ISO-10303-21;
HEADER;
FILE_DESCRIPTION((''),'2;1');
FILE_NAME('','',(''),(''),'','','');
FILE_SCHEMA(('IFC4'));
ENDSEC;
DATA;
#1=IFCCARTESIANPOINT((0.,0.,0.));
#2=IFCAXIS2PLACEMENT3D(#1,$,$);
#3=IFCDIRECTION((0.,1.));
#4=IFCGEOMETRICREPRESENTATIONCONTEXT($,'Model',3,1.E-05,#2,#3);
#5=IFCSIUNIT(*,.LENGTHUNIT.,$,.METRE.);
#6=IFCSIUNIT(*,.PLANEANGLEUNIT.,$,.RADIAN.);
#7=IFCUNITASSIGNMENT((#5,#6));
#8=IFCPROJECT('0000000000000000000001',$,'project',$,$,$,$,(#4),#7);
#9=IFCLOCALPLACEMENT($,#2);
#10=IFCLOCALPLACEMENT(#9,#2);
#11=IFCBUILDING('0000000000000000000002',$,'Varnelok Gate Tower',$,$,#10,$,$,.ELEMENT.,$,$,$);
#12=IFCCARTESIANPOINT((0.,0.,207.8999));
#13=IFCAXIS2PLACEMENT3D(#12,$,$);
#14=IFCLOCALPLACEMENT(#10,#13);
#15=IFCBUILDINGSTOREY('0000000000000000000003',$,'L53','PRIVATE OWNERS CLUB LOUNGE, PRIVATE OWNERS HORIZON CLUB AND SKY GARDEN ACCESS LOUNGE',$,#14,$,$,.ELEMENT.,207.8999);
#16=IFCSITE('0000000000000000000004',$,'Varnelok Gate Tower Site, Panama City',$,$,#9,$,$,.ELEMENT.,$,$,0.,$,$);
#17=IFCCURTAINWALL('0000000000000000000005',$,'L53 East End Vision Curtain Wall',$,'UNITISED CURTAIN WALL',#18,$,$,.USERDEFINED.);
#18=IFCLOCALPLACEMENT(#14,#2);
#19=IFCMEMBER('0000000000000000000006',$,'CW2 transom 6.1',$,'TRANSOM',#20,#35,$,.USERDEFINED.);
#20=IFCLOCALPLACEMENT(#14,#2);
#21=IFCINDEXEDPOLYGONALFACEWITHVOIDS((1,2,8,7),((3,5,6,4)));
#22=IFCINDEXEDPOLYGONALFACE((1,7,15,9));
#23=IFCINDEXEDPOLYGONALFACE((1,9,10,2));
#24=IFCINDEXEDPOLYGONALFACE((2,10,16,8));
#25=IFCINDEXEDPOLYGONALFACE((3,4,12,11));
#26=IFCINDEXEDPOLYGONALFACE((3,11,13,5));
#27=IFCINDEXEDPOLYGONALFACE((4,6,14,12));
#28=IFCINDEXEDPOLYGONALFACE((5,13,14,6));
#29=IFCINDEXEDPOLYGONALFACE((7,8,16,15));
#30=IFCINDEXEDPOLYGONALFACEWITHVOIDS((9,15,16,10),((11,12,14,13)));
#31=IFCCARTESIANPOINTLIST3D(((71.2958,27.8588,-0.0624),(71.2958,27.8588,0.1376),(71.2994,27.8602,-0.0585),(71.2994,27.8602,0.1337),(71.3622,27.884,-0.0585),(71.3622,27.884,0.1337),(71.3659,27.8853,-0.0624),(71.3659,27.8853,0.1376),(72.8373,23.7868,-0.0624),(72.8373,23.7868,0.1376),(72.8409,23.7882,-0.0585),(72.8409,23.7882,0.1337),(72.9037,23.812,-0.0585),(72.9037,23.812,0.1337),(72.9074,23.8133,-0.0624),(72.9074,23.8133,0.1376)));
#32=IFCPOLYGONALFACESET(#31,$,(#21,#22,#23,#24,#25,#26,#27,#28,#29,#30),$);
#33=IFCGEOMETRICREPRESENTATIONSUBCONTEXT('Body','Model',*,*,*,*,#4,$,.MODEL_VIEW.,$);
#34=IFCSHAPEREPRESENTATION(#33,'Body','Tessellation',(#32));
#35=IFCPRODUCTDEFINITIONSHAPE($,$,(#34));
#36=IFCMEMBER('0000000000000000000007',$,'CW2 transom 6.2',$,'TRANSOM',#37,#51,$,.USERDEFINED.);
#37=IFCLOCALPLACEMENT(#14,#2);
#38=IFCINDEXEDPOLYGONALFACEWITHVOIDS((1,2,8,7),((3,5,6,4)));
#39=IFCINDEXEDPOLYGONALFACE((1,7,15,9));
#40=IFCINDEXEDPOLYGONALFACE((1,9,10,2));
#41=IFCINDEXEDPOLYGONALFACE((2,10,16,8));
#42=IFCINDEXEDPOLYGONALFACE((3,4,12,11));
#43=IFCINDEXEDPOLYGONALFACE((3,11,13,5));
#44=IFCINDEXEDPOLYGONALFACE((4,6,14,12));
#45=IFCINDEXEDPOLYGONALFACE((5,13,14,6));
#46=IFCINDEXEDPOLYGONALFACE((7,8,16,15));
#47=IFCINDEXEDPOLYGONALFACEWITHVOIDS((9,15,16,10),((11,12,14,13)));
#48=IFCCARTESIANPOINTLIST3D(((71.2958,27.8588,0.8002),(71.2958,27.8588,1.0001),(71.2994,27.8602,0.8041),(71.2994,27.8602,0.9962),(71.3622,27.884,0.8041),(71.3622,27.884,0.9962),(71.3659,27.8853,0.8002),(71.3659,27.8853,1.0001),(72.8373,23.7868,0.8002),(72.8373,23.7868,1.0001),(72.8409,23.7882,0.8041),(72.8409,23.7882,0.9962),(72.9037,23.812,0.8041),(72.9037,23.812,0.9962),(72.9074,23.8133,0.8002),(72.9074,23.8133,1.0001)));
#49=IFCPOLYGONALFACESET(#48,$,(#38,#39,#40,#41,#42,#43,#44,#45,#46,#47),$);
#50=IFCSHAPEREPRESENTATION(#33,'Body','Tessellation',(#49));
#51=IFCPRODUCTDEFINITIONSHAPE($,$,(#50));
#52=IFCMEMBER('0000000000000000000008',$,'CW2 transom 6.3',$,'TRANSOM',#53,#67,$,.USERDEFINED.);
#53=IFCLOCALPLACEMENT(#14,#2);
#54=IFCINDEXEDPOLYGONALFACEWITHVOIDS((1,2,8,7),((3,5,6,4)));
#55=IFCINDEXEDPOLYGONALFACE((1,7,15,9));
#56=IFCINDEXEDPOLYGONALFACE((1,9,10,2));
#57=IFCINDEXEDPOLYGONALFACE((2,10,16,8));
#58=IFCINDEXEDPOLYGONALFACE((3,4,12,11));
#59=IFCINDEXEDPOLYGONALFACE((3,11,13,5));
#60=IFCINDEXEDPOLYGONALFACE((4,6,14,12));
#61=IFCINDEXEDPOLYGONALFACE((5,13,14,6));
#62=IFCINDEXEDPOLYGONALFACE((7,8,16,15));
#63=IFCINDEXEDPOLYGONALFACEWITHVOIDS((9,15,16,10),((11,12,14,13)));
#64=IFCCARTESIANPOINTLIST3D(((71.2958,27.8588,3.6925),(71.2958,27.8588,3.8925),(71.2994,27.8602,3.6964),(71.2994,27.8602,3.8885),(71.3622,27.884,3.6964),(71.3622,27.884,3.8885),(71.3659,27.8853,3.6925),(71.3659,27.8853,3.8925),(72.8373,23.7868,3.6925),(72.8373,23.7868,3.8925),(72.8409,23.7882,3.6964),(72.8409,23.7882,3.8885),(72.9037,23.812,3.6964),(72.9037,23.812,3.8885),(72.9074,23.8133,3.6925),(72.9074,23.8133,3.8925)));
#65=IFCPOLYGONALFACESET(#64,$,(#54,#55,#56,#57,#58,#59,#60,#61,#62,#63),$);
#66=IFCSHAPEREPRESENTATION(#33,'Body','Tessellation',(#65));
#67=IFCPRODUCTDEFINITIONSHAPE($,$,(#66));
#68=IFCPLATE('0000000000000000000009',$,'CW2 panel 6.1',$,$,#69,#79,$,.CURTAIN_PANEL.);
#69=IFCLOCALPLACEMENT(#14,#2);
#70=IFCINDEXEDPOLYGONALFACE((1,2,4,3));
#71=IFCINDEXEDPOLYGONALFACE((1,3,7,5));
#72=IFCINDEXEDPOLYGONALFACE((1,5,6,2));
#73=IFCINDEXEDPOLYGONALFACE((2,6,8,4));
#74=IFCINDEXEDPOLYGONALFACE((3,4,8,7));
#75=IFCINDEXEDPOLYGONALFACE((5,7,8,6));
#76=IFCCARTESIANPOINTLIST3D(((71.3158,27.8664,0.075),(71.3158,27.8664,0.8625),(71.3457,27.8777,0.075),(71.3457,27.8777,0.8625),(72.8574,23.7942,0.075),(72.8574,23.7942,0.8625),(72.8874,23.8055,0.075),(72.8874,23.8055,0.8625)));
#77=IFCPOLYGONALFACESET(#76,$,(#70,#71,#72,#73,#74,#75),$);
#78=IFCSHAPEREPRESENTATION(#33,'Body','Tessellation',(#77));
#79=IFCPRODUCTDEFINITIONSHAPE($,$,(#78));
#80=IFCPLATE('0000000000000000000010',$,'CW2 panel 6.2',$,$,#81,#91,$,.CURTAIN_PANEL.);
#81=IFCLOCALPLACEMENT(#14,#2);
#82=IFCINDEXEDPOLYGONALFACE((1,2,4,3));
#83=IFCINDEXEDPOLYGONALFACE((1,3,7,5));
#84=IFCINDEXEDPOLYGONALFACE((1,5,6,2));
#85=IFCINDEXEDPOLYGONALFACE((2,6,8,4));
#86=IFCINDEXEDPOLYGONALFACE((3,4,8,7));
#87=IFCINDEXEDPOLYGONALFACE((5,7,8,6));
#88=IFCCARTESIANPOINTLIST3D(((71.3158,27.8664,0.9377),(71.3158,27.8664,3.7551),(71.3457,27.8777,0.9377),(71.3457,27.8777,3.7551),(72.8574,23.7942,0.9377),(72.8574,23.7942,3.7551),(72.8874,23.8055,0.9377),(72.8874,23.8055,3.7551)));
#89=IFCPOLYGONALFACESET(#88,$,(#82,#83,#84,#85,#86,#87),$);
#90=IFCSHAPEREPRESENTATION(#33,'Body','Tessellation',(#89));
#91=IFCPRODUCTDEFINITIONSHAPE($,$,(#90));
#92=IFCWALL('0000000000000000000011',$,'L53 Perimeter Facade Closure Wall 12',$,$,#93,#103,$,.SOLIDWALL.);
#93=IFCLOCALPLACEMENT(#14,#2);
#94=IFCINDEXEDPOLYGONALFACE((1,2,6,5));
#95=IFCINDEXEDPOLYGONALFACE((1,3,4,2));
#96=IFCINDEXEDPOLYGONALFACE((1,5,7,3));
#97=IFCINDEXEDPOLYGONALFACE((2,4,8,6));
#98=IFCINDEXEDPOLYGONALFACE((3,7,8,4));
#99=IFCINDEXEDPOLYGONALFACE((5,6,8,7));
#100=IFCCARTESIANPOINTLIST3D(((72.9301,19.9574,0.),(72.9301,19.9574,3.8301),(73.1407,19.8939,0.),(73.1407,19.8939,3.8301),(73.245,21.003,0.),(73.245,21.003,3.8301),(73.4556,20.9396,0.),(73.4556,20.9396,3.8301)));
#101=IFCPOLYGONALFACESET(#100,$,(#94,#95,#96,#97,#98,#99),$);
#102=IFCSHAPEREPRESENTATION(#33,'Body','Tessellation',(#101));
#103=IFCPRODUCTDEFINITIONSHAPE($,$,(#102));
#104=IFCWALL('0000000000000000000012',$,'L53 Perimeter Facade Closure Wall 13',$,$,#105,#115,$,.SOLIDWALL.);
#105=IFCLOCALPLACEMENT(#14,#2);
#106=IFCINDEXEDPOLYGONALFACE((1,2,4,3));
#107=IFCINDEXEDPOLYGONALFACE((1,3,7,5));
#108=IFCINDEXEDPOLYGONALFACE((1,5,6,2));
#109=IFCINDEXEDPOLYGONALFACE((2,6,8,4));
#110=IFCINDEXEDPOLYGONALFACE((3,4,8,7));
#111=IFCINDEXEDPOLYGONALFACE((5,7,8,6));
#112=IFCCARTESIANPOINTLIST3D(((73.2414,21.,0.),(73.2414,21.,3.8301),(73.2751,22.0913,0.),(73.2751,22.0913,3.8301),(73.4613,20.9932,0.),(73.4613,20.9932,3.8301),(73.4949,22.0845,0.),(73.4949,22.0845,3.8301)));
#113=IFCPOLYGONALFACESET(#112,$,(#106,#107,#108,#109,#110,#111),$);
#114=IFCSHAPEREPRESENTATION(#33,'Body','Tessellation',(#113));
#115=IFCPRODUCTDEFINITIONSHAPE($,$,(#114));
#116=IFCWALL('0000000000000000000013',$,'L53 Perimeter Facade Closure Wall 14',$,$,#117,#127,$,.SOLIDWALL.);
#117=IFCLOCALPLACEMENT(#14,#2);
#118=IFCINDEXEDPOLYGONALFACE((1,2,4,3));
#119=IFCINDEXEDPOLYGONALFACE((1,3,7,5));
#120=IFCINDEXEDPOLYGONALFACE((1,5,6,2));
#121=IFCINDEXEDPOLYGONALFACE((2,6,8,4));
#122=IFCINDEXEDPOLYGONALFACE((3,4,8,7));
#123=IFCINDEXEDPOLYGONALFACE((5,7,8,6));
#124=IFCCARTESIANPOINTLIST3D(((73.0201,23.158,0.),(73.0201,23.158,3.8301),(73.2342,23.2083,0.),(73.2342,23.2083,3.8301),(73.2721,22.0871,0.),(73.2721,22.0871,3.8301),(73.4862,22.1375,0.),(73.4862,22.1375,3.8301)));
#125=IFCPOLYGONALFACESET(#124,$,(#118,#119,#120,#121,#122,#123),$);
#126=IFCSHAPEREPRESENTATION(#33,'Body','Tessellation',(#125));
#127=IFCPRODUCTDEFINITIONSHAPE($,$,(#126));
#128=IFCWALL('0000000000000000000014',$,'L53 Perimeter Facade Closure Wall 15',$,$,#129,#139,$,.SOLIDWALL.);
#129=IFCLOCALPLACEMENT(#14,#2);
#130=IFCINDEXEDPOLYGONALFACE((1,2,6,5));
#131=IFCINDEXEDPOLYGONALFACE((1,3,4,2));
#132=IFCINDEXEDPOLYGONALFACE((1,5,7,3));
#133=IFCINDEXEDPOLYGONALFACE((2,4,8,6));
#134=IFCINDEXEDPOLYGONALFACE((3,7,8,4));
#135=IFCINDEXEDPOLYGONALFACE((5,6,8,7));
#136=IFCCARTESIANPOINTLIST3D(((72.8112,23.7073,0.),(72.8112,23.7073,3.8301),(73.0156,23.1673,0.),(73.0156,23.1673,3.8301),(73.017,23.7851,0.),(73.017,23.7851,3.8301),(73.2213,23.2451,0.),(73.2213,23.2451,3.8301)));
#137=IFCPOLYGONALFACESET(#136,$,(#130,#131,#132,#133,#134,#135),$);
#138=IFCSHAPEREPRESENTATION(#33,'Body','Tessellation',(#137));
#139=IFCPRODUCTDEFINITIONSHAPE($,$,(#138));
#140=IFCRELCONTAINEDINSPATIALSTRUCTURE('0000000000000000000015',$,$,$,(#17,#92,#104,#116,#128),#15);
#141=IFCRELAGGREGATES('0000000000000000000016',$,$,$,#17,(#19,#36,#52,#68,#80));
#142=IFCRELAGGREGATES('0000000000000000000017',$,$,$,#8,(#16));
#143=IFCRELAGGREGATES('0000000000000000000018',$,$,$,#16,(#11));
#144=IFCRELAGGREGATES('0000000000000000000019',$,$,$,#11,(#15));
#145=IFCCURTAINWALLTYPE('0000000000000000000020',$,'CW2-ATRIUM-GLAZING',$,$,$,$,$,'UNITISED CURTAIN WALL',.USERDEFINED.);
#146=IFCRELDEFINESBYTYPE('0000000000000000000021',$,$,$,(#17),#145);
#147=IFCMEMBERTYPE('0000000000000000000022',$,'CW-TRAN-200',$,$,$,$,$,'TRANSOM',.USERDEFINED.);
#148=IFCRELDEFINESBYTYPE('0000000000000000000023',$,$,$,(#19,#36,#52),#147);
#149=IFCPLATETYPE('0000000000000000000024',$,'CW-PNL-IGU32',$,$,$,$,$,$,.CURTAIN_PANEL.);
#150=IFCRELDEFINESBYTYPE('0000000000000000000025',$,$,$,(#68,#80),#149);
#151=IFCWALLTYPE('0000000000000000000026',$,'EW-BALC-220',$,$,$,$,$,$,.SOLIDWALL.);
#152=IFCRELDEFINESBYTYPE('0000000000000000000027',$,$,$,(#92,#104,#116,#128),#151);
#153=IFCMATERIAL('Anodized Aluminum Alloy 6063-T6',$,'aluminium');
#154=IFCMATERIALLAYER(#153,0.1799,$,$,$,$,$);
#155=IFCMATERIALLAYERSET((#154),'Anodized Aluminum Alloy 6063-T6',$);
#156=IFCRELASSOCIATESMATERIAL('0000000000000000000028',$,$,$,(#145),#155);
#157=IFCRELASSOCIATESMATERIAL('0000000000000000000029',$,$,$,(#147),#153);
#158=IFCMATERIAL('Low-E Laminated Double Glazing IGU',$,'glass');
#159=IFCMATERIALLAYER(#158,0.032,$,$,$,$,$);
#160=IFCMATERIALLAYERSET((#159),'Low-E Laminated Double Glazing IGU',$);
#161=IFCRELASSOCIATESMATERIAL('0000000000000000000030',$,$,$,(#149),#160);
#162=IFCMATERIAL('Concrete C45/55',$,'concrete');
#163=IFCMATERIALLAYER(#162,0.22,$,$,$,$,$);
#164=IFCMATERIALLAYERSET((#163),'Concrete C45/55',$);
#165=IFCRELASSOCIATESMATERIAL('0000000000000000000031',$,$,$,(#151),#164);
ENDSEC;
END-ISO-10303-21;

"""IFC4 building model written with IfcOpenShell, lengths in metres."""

from ifc_helpers import new_model, si_unit, direction, frame, frame_2d, origin, origin_2d, place, context, subcontext, project, spatial, rectangle, hollow_rectangle, extrude, source, transform, mapped, material, layer, layer_set, material_profile, profile_set, type_object, element, aggregate, save


model = new_model("IFC4")

# Units and contexts
model_context = context("Model", 3, precision=1e-05, world=origin(), true_north=direction((0.0, 1.0)))
body_context = subcontext(model_context, "Body", "Model", "MODEL_VIEW")
ifc_project = project(units=[si_unit("LENGTHUNIT", "METRE"), si_unit("PLANEANGLEUNIT", "RADIAN")], contexts=[model_context])

# Site, building, storey
site_placement = place(None, origin())
site = spatial("IfcSite", under=ifc_project, at=site_placement, Name="Varnelok Gate Tower Site, Panama City", CompositionType="ELEMENT", RefElevation=0.0)
building_placement = place(site_placement, origin())
building = spatial("IfcBuilding", under=site, at=building_placement, Name="Varnelok Gate Tower", CompositionType="ELEMENT")
storey_placement = place(building_placement, frame((0.0, 0.0, 207.8999)))
storey = spatial("IfcBuildingStorey", under=building, at=storey_placement, Name="L53", Description="PRIVATE OWNERS CLUB LOUNGE, PRIVATE OWNERS HORIZON CLUB AND SKY GARDEN ACCESS LOUNGE", CompositionType="ELEMENT", Elevation=207.8999)

# Curtain wall, members, plates
ifc_material_1 = material(Name="Anodized Aluminum Alloy 6063-T6", Category="aluminium")
ifc_layer_1 = layer(ifc_material_1, 0.1799)
ifc_layer_set_1 = layer_set([ifc_layer_1], Name="Anodized Aluminum Alloy 6063-T6")
curtain_wall_type = type_object("IfcCurtainWallType", Name="CW2-ATRIUM-GLAZING", ElementType="UNITISED CURTAIN WALL", PredefinedType="USERDEFINED", material=ifc_layer_set_1)
curtain_wall_placement = place(storey_placement, origin())
curtain_wall = element("IfcCurtainWall", 1, at=curtain_wall_placement, inside=storey, type_object=curtain_wall_type, Name="L53 East End Vision Curtain Wall", ObjectType="UNITISED CURTAIN WALL", PredefinedType="USERDEFINED")
ifc_material_profile_1 = material_profile(ifc_material_1, hollow_rectangle(XDim=0.075, YDim=0.2, WallThickness=0.0039, at=origin_2d()), Name="ALU200X75X4")
ifc_profile_set_1 = profile_set([ifc_material_profile_1], Name="Anodized Aluminum Alloy 6063-T6")
member_type_1 = type_object("IfcMemberType", Name="CW-TRAN-200", ElementType="TRANSOM", PredefinedType="USERDEFINED", material=ifc_profile_set_1)
member_1_placement = place(storey_placement, frame((71.3308, 27.8721, 0.0376), z_axis=(0.354041, -0.93523, 0.0), x_axis=(0.93523, 0.354041, 0.0)))
member_1 = element("IfcMember", 2, at=member_1_placement, type_object=member_type_1, Name="CW2 transom 6.1", ObjectType="TRANSOM", PredefinedType="USERDEFINED", context=body_context, shape_type="SweptSolid", body=[
    extrude(hollow_rectangle(XDim=0.075, YDim=0.2, WallThickness=0.0039, at=origin_2d()), origin(), (0.0, 0.0, 1.0), 4.354),
])
member_2_placement = place(storey_placement, frame((71.3308, 27.8721, 0.9001), z_axis=(0.354041, -0.93523, 0.0), x_axis=(0.93523, 0.354041, 0.0)))
member_2 = element("IfcMember", 3, at=member_2_placement, type_object=member_type_1, Name="CW2 transom 6.2", ObjectType="TRANSOM", PredefinedType="USERDEFINED", context=body_context, shape_type="SweptSolid", body=[
    extrude(hollow_rectangle(XDim=0.075, YDim=0.2, WallThickness=0.0039, at=origin_2d()), origin(), (0.0, 0.0, 1.0), 4.354),
])
member_3_placement = place(storey_placement, frame((71.3308, 27.8721, 3.7925), z_axis=(0.354041, -0.93523, 0.0), x_axis=(0.93523, 0.354041, 0.0)))
member_3 = element("IfcMember", 4, at=member_3_placement, type_object=member_type_1, Name="CW2 transom 6.3", ObjectType="TRANSOM", PredefinedType="USERDEFINED", context=body_context, shape_type="SweptSolid", body=[
    extrude(hollow_rectangle(XDim=0.075, YDim=0.2, WallThickness=0.0039, at=origin_2d()), origin(), (0.0, 0.0, 1.0), 4.354),
])
ifc_material_2 = material(Name="Low-E Laminated Double Glazing IGU", Category="glass")
ifc_layer_2 = layer(ifc_material_2, 0.032)
ifc_layer_set_2 = layer_set([ifc_layer_2], Name="Low-E Laminated Double Glazing IGU")
plate_type = type_object("IfcPlateType", Name="CW-PNL-IGU32", PredefinedType="CURTAIN_PANEL", material=ifc_layer_set_2)
shared_shape_1 = source(origin(), body_context, "Body", "SweptSolid", [
    extrude(rectangle(XDim=4.3542, YDim=0.032, at=origin_2d()), origin(), (0.0, 0.0, 1.0), 0.7876),
])
plate_1_placement = place(storey_placement, frame((72.1016, 25.8359, 0.075), z_axis=(0.0, 0.0, 1.0), x_axis=(0.354064, -0.935221, 0.0)))
plate_1 = element("IfcPlate", 5, at=plate_1_placement, type_object=plate_type, Name="CW2 panel 6.1", PredefinedType="CURTAIN_PANEL", context=body_context, shape_type="MappedRepresentation", body=[
    mapped(shared_shape_1, transform((0.0, 0.0, 0.0), scale=1.0)),
])
shared_shape_2 = source(origin(), body_context, "Body", "SweptSolid", [
    extrude(rectangle(XDim=4.3542, YDim=0.032, at=origin_2d()), origin(), (0.0, 0.0, 1.0), 2.8174),
])
plate_2_placement = place(storey_placement, frame((72.1016, 25.8359, 0.9377), z_axis=(0.0, 0.0, 1.0), x_axis=(0.354064, -0.935221, 0.0)))
plate_2 = element("IfcPlate", 6, at=plate_2_placement, type_object=plate_type, Name="CW2 panel 6.2", PredefinedType="CURTAIN_PANEL", context=body_context, shape_type="MappedRepresentation", body=[
    mapped(shared_shape_2, transform((0.0, 0.0, 0.0), scale=1.0)),
])
aggregate(curtain_wall, [member_1, member_2, member_3, plate_1, plate_2])

# Walls
ifc_material_3 = material(Name="Concrete C45/55", Category="concrete")
ifc_layer_3 = layer(ifc_material_3, 0.22)
ifc_layer_set_3 = layer_set([ifc_layer_3], Name="Concrete C45/55")
wall_type = type_object("IfcWallType", Name="EW-BALC-220", PredefinedType="SOLIDWALL", material=ifc_layer_set_3)
wall_1_placement = place(storey_placement, frame((73.0354, 19.9258, 0.0), z_axis=(0.0, 0.0, 1.0), x_axis=(0.288394, 0.957512, 0.0)))
element("IfcWall", 7, at=wall_1_placement, inside=storey, type_object=wall_type, Name="L53 Perimeter Facade Closure Wall 12", PredefinedType="SOLIDWALL", context=body_context, shape_type="SweptSolid", body=[
    extrude(rectangle(XDim=1.092, YDim=0.22, at=frame_2d((0.5459, 0.0))), origin(), (0.0, 0.0, 1.0), 3.8301),
])
wall_2_placement = place(storey_placement, frame((73.3513, 20.9966, 0.0), z_axis=(0.0, 0.0, 1.0), x_axis=(0.030858, 0.999524, 0.0)))
element("IfcWall", 8, at=wall_2_placement, inside=storey, type_object=wall_type, Name="L53 Perimeter Facade Closure Wall 13", PredefinedType="SOLIDWALL", context=body_context, shape_type="SweptSolid", body=[
    extrude(rectangle(XDim=1.0918, YDim=0.22, at=frame_2d((0.5459, 0.0))), origin(), (0.0, 0.0, 1.0), 3.8301),
])
wall_3_placement = place(storey_placement, frame((73.3792, 22.1123, 0.0), z_axis=(0.0, 0.0, 1.0), x_axis=(-0.229039, 0.973417, 0.0)))
element("IfcWall", 9, at=wall_3_placement, inside=storey, type_object=wall_type, Name="L53 Perimeter Facade Closure Wall 14", PredefinedType="SOLIDWALL", context=body_context, shape_type="SweptSolid", body=[
    extrude(rectangle(XDim=1.1001, YDim=0.22, at=frame_2d((0.55, 0.0))), origin(), (0.0, 0.0, 1.0), 3.8301),
])
wall_4_placement = place(storey_placement, frame((73.1184, 23.2063, 0.0), z_axis=(0.0, 0.0, 1.0), x_axis=(-0.353902, 0.935282, 0.0)))
element("IfcWall", 10, at=wall_4_placement, inside=storey, type_object=wall_type, Name="L53 Perimeter Facade Closure Wall 15", PredefinedType="SOLIDWALL", context=body_context, shape_type="SweptSolid", body=[
    extrude(rectangle(XDim=0.5774, YDim=0.22, at=frame_2d((0.2886, 0.0))), origin(), (0.0, 0.0, 1.0), 3.8301),
])

save(model, "model.ifc")
